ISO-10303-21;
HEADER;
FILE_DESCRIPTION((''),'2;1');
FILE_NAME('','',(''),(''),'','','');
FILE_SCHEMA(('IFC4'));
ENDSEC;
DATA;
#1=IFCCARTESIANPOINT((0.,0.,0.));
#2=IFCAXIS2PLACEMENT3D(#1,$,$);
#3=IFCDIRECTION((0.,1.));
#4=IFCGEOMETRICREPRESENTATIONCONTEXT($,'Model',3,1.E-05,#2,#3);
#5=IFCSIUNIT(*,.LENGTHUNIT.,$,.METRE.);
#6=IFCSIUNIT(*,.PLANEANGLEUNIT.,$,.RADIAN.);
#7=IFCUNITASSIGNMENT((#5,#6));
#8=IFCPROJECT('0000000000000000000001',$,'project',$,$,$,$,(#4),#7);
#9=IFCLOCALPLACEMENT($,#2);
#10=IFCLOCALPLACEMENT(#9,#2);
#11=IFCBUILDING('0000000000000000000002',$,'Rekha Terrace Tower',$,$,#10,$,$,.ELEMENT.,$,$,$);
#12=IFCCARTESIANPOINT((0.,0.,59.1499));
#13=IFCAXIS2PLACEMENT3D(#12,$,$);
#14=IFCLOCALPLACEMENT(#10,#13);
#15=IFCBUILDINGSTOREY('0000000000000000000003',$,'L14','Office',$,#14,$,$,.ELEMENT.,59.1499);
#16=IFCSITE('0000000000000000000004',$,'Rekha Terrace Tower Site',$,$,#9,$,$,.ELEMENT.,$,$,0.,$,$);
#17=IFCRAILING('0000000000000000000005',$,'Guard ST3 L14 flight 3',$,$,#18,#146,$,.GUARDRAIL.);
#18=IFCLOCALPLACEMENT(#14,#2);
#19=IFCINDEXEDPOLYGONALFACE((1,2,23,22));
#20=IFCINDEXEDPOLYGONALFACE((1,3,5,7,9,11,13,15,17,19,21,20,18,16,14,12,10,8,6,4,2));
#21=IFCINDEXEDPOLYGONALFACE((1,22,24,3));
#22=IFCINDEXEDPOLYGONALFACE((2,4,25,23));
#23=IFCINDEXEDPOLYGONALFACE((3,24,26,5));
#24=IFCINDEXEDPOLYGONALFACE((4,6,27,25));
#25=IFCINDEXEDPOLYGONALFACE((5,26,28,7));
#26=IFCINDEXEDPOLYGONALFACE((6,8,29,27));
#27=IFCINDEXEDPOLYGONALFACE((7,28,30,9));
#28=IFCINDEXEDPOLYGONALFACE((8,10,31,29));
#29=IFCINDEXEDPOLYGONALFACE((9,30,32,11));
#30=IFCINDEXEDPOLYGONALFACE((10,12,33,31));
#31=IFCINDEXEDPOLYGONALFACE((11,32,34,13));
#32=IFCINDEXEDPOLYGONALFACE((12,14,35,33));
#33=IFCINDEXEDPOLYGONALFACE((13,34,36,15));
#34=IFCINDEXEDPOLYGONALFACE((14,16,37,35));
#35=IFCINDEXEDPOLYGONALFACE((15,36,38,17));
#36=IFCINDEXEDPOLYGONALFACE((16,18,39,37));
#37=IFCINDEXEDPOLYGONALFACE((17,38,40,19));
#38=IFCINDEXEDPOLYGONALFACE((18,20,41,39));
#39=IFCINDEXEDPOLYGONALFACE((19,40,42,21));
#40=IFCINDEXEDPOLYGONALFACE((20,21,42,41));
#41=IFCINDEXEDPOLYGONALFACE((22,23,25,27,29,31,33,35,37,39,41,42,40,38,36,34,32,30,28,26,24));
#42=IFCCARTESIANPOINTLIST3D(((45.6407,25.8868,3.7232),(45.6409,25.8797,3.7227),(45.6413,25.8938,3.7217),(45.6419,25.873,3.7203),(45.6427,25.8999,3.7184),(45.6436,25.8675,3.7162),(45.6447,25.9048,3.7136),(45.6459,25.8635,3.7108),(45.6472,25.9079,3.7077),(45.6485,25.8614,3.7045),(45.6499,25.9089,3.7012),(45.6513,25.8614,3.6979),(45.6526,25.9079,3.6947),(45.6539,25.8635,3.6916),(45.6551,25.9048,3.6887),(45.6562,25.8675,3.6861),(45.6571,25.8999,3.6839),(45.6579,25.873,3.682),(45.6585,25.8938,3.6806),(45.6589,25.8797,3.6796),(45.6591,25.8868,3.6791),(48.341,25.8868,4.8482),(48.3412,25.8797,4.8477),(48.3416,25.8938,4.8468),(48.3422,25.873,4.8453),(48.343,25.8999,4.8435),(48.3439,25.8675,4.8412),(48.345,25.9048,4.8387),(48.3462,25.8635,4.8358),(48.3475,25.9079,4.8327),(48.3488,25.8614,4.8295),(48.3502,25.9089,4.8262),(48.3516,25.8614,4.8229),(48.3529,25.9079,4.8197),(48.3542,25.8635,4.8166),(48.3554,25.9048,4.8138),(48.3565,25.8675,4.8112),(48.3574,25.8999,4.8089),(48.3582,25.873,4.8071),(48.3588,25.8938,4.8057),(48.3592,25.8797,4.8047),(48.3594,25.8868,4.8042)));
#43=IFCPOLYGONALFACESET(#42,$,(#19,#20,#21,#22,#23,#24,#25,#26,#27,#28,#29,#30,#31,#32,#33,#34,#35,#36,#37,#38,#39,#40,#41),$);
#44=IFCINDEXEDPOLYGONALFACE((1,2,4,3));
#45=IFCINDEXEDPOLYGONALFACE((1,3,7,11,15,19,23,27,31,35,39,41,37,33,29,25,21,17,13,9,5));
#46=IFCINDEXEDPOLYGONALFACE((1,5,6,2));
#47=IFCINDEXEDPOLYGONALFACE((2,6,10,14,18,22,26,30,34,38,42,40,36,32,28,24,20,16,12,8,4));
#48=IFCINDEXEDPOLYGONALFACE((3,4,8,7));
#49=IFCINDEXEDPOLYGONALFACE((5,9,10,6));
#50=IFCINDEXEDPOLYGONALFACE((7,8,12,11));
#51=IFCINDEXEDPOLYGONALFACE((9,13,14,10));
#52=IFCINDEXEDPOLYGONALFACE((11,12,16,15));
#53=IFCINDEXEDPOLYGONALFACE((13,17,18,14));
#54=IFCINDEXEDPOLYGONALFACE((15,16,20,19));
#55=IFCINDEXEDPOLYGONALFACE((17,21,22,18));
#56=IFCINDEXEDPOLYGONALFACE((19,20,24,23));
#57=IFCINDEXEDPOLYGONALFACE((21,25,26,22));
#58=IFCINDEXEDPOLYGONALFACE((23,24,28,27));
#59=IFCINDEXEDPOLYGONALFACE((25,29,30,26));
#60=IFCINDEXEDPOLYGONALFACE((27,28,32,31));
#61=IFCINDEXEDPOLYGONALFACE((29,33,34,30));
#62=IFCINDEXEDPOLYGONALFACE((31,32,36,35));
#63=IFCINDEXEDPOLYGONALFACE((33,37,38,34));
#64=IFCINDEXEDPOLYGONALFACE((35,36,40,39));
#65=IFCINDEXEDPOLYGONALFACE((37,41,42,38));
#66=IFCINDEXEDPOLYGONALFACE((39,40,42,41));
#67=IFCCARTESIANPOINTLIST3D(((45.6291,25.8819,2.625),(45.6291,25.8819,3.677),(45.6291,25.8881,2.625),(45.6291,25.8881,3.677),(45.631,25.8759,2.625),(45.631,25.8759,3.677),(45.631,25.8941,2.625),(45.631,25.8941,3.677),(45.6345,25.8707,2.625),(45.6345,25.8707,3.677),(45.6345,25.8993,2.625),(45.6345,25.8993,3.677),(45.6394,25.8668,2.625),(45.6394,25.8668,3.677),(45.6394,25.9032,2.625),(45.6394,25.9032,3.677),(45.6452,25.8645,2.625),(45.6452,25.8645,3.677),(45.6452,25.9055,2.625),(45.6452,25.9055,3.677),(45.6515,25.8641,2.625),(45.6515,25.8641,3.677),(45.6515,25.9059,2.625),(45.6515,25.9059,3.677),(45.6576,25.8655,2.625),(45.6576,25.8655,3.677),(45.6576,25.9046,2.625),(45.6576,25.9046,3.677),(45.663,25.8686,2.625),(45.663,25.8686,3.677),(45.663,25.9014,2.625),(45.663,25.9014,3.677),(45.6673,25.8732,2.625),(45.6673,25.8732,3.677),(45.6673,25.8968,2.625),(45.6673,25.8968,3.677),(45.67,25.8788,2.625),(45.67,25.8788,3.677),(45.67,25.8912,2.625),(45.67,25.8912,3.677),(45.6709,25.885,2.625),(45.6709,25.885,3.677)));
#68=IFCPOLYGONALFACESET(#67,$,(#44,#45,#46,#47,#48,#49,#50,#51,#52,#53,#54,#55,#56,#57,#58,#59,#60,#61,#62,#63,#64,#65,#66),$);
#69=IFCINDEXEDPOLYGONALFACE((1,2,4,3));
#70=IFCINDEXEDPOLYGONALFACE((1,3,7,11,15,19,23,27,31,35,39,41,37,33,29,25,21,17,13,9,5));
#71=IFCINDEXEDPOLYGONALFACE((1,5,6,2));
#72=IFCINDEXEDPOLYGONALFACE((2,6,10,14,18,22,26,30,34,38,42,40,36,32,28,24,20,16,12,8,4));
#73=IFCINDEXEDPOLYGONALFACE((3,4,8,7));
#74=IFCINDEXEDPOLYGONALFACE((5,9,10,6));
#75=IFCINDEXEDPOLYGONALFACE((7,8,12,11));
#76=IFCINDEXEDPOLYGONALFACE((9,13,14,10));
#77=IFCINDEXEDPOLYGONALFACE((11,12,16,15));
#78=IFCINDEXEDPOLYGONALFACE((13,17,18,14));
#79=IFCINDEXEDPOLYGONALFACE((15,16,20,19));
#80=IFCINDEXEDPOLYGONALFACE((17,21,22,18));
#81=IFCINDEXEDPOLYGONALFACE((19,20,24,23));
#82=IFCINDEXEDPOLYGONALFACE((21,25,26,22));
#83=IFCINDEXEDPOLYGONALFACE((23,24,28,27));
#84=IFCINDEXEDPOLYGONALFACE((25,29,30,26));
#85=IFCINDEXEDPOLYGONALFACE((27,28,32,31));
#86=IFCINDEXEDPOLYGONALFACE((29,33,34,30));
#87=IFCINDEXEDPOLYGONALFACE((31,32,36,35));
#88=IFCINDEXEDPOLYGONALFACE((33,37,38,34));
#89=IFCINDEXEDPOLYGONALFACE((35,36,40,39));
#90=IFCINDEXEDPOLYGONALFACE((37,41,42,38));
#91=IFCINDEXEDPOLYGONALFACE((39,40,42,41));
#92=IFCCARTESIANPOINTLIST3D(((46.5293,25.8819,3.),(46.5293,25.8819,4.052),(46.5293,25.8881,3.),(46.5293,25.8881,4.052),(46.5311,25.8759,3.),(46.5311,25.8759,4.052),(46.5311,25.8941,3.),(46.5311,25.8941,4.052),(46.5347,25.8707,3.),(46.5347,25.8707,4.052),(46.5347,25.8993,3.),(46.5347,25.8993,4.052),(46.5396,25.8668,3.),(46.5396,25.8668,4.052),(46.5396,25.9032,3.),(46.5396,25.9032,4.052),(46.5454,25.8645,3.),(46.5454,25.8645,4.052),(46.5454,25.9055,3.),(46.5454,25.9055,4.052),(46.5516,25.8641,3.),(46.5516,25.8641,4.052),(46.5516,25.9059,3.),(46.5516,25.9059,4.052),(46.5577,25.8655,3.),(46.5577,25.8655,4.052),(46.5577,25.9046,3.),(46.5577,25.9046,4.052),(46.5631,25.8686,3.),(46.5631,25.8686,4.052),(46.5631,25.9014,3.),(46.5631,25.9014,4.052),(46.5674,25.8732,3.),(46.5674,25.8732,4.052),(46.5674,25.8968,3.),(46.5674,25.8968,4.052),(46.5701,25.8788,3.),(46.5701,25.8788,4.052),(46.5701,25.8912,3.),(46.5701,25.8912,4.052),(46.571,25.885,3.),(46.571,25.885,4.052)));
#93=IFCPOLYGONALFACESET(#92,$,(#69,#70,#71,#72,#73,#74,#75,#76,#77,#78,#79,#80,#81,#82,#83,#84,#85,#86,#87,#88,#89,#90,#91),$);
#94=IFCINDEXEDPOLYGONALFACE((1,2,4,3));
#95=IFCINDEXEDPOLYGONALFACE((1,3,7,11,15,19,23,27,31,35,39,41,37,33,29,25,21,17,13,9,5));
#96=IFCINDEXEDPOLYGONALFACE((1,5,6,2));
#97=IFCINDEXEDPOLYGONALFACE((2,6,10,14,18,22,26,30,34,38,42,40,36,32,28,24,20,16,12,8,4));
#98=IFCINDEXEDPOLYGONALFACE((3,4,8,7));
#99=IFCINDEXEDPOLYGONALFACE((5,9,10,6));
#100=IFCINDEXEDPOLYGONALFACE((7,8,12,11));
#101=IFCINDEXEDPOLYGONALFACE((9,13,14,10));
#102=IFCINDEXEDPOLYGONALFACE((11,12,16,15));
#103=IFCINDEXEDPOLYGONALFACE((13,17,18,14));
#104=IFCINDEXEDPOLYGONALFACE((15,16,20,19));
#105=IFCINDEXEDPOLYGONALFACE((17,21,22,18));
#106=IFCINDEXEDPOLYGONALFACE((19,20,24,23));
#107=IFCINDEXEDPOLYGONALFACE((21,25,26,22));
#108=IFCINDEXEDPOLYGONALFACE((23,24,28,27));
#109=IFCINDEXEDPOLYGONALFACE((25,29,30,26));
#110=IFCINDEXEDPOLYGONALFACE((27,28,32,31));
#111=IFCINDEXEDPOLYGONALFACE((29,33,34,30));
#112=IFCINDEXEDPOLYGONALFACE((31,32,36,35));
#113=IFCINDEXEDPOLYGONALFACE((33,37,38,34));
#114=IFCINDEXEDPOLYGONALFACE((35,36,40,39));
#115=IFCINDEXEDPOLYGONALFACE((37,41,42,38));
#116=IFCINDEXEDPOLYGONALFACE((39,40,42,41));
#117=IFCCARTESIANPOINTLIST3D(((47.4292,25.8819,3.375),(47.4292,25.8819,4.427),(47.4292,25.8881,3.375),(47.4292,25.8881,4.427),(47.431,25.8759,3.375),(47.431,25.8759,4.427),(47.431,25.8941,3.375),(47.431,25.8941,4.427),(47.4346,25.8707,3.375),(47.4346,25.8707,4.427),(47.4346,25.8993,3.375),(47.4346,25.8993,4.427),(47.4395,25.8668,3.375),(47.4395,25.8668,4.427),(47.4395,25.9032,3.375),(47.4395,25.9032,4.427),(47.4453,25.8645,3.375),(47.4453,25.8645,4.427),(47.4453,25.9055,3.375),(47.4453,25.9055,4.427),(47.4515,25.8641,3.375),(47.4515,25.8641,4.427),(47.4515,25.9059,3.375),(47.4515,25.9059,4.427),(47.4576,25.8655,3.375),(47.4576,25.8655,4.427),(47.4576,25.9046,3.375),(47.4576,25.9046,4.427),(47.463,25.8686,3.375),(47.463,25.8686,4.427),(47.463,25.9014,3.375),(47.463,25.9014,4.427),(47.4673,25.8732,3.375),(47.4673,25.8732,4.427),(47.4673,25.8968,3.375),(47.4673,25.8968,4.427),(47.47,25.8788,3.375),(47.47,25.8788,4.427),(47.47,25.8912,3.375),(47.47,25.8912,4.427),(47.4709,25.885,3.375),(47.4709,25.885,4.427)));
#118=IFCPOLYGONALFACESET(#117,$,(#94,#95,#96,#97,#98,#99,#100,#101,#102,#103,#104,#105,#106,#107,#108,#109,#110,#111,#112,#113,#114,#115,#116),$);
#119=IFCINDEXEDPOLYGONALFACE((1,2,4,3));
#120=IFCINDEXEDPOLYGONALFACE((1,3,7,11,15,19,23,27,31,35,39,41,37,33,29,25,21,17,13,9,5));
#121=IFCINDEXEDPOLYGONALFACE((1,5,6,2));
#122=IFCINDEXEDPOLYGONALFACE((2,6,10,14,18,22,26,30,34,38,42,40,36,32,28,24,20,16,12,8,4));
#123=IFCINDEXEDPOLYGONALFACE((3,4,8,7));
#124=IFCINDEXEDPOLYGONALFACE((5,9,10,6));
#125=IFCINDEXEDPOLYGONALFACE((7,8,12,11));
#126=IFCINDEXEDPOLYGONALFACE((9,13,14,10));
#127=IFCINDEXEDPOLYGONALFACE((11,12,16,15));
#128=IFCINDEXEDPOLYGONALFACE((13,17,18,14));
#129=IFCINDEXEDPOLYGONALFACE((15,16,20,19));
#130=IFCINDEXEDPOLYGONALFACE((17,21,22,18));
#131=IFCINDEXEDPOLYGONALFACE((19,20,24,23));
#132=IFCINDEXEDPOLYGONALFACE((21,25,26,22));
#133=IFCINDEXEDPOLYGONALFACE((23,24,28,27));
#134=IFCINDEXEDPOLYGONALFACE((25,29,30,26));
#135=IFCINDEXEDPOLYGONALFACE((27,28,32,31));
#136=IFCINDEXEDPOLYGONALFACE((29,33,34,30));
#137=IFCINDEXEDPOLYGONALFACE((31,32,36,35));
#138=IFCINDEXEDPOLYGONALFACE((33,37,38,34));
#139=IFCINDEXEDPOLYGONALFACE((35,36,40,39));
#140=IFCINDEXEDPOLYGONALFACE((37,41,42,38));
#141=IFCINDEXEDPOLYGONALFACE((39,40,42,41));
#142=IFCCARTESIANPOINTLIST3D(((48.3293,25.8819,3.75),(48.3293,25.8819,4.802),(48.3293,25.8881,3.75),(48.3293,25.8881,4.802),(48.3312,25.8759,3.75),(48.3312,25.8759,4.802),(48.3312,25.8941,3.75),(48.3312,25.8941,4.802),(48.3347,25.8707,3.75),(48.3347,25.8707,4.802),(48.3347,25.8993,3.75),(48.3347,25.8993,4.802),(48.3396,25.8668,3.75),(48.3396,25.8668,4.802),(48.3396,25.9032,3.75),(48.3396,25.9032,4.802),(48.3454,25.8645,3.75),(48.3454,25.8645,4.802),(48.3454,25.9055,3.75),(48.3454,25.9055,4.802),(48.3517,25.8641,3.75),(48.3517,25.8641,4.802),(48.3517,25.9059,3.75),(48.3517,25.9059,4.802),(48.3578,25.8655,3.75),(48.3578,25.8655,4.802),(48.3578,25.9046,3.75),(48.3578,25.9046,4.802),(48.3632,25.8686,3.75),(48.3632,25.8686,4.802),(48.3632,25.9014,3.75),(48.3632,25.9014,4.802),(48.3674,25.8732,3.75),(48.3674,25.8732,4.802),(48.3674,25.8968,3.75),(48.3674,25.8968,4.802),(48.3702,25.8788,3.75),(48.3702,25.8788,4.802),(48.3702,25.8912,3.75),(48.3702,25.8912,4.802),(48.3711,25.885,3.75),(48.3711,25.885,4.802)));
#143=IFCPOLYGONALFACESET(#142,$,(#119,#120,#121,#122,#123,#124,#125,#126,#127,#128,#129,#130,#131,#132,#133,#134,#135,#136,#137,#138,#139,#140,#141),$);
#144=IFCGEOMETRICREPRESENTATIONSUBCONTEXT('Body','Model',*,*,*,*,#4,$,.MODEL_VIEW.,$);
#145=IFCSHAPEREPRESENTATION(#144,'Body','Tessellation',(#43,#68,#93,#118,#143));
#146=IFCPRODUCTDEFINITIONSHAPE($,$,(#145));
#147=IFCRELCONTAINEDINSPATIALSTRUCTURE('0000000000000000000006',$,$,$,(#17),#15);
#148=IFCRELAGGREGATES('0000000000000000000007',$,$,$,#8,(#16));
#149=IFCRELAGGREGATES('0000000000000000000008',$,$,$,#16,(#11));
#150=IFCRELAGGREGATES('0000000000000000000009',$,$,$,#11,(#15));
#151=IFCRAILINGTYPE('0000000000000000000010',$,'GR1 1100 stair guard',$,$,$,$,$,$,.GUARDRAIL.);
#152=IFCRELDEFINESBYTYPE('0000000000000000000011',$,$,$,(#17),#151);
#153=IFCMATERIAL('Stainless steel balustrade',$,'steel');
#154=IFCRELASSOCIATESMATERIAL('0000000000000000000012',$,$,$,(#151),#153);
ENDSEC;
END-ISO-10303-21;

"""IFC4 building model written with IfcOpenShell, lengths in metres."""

from ifc_helpers import new_model, si_unit, direction, frame, origin, origin_2d, place, context, subcontext, project, spatial, circle, extrude, material, type_object, element, save


model = new_model("IFC4")

# Units and contexts
model_context = context("Model", 3, precision=1e-05, world=origin(), true_north=direction((0.0, 1.0)))
body_context = subcontext(model_context, "Body", "Model", "MODEL_VIEW")
ifc_project = project(units=[si_unit("LENGTHUNIT", "METRE"), si_unit("PLANEANGLEUNIT", "RADIAN")], contexts=[model_context])

# Site, building, storey
site_placement = place(None, origin())
site = spatial("IfcSite", under=ifc_project, at=site_placement, Name="Rekha Terrace Tower Site", CompositionType="ELEMENT", RefElevation=0.0)
building_placement = place(site_placement, origin())
building = spatial("IfcBuilding", under=site, at=building_placement, Name="Rekha Terrace Tower", CompositionType="ELEMENT")
storey_placement = place(building_placement, frame((0.0, 0.0, 59.1499)))
storey = spatial("IfcBuildingStorey", under=building, at=storey_placement, Name="L14", Description="Office", CompositionType="ELEMENT", Elevation=59.1499)

# Railing
ifc_material_1 = material(Name="Stainless steel balustrade", Category="steel")
railing_type_1 = type_object("IfcRailingType", Name="GR1 1100 stair guard", PredefinedType="GUARDRAIL", material=ifc_material_1)
railing_1_placement = place(storey_placement, frame((45.6499, 25.885, 2.625)))
element("IfcRailing", 1, at=railing_1_placement, inside=storey, type_object=railing_type_1, Name="Guard ST3 L14 flight 3", PredefinedType="GUARDRAIL", context=body_context, shape_type="SweptSolid", body=[
    extrude(circle(Radius=0.0239, at=origin_2d()), frame((0.0, 0.0, 1.0762), z_axis=(0.923087, 0.0, 0.384592), x_axis=(0.0, 1.0, 0.0)), (0.0, 0.0, 1.0), 2.9253),
    extrude(circle(Radius=0.021, at=origin_2d()), origin(), (0.0, 0.0, 1.0), 1.052),
    extrude(circle(Radius=0.021, at=origin_2d()), frame((0.9001, 0.0, 0.375)), (0.0, 0.0, 1.0), 1.052),
    extrude(circle(Radius=0.021, at=origin_2d()), frame((1.8, 0.0, 0.75)), (0.0, 0.0, 1.0), 1.052),
    extrude(circle(Radius=0.021, at=origin_2d()), frame((2.7002, 0.0, 1.125)), (0.0, 0.0, 1.0), 1.052),
])

save(model, "model.ifc")
